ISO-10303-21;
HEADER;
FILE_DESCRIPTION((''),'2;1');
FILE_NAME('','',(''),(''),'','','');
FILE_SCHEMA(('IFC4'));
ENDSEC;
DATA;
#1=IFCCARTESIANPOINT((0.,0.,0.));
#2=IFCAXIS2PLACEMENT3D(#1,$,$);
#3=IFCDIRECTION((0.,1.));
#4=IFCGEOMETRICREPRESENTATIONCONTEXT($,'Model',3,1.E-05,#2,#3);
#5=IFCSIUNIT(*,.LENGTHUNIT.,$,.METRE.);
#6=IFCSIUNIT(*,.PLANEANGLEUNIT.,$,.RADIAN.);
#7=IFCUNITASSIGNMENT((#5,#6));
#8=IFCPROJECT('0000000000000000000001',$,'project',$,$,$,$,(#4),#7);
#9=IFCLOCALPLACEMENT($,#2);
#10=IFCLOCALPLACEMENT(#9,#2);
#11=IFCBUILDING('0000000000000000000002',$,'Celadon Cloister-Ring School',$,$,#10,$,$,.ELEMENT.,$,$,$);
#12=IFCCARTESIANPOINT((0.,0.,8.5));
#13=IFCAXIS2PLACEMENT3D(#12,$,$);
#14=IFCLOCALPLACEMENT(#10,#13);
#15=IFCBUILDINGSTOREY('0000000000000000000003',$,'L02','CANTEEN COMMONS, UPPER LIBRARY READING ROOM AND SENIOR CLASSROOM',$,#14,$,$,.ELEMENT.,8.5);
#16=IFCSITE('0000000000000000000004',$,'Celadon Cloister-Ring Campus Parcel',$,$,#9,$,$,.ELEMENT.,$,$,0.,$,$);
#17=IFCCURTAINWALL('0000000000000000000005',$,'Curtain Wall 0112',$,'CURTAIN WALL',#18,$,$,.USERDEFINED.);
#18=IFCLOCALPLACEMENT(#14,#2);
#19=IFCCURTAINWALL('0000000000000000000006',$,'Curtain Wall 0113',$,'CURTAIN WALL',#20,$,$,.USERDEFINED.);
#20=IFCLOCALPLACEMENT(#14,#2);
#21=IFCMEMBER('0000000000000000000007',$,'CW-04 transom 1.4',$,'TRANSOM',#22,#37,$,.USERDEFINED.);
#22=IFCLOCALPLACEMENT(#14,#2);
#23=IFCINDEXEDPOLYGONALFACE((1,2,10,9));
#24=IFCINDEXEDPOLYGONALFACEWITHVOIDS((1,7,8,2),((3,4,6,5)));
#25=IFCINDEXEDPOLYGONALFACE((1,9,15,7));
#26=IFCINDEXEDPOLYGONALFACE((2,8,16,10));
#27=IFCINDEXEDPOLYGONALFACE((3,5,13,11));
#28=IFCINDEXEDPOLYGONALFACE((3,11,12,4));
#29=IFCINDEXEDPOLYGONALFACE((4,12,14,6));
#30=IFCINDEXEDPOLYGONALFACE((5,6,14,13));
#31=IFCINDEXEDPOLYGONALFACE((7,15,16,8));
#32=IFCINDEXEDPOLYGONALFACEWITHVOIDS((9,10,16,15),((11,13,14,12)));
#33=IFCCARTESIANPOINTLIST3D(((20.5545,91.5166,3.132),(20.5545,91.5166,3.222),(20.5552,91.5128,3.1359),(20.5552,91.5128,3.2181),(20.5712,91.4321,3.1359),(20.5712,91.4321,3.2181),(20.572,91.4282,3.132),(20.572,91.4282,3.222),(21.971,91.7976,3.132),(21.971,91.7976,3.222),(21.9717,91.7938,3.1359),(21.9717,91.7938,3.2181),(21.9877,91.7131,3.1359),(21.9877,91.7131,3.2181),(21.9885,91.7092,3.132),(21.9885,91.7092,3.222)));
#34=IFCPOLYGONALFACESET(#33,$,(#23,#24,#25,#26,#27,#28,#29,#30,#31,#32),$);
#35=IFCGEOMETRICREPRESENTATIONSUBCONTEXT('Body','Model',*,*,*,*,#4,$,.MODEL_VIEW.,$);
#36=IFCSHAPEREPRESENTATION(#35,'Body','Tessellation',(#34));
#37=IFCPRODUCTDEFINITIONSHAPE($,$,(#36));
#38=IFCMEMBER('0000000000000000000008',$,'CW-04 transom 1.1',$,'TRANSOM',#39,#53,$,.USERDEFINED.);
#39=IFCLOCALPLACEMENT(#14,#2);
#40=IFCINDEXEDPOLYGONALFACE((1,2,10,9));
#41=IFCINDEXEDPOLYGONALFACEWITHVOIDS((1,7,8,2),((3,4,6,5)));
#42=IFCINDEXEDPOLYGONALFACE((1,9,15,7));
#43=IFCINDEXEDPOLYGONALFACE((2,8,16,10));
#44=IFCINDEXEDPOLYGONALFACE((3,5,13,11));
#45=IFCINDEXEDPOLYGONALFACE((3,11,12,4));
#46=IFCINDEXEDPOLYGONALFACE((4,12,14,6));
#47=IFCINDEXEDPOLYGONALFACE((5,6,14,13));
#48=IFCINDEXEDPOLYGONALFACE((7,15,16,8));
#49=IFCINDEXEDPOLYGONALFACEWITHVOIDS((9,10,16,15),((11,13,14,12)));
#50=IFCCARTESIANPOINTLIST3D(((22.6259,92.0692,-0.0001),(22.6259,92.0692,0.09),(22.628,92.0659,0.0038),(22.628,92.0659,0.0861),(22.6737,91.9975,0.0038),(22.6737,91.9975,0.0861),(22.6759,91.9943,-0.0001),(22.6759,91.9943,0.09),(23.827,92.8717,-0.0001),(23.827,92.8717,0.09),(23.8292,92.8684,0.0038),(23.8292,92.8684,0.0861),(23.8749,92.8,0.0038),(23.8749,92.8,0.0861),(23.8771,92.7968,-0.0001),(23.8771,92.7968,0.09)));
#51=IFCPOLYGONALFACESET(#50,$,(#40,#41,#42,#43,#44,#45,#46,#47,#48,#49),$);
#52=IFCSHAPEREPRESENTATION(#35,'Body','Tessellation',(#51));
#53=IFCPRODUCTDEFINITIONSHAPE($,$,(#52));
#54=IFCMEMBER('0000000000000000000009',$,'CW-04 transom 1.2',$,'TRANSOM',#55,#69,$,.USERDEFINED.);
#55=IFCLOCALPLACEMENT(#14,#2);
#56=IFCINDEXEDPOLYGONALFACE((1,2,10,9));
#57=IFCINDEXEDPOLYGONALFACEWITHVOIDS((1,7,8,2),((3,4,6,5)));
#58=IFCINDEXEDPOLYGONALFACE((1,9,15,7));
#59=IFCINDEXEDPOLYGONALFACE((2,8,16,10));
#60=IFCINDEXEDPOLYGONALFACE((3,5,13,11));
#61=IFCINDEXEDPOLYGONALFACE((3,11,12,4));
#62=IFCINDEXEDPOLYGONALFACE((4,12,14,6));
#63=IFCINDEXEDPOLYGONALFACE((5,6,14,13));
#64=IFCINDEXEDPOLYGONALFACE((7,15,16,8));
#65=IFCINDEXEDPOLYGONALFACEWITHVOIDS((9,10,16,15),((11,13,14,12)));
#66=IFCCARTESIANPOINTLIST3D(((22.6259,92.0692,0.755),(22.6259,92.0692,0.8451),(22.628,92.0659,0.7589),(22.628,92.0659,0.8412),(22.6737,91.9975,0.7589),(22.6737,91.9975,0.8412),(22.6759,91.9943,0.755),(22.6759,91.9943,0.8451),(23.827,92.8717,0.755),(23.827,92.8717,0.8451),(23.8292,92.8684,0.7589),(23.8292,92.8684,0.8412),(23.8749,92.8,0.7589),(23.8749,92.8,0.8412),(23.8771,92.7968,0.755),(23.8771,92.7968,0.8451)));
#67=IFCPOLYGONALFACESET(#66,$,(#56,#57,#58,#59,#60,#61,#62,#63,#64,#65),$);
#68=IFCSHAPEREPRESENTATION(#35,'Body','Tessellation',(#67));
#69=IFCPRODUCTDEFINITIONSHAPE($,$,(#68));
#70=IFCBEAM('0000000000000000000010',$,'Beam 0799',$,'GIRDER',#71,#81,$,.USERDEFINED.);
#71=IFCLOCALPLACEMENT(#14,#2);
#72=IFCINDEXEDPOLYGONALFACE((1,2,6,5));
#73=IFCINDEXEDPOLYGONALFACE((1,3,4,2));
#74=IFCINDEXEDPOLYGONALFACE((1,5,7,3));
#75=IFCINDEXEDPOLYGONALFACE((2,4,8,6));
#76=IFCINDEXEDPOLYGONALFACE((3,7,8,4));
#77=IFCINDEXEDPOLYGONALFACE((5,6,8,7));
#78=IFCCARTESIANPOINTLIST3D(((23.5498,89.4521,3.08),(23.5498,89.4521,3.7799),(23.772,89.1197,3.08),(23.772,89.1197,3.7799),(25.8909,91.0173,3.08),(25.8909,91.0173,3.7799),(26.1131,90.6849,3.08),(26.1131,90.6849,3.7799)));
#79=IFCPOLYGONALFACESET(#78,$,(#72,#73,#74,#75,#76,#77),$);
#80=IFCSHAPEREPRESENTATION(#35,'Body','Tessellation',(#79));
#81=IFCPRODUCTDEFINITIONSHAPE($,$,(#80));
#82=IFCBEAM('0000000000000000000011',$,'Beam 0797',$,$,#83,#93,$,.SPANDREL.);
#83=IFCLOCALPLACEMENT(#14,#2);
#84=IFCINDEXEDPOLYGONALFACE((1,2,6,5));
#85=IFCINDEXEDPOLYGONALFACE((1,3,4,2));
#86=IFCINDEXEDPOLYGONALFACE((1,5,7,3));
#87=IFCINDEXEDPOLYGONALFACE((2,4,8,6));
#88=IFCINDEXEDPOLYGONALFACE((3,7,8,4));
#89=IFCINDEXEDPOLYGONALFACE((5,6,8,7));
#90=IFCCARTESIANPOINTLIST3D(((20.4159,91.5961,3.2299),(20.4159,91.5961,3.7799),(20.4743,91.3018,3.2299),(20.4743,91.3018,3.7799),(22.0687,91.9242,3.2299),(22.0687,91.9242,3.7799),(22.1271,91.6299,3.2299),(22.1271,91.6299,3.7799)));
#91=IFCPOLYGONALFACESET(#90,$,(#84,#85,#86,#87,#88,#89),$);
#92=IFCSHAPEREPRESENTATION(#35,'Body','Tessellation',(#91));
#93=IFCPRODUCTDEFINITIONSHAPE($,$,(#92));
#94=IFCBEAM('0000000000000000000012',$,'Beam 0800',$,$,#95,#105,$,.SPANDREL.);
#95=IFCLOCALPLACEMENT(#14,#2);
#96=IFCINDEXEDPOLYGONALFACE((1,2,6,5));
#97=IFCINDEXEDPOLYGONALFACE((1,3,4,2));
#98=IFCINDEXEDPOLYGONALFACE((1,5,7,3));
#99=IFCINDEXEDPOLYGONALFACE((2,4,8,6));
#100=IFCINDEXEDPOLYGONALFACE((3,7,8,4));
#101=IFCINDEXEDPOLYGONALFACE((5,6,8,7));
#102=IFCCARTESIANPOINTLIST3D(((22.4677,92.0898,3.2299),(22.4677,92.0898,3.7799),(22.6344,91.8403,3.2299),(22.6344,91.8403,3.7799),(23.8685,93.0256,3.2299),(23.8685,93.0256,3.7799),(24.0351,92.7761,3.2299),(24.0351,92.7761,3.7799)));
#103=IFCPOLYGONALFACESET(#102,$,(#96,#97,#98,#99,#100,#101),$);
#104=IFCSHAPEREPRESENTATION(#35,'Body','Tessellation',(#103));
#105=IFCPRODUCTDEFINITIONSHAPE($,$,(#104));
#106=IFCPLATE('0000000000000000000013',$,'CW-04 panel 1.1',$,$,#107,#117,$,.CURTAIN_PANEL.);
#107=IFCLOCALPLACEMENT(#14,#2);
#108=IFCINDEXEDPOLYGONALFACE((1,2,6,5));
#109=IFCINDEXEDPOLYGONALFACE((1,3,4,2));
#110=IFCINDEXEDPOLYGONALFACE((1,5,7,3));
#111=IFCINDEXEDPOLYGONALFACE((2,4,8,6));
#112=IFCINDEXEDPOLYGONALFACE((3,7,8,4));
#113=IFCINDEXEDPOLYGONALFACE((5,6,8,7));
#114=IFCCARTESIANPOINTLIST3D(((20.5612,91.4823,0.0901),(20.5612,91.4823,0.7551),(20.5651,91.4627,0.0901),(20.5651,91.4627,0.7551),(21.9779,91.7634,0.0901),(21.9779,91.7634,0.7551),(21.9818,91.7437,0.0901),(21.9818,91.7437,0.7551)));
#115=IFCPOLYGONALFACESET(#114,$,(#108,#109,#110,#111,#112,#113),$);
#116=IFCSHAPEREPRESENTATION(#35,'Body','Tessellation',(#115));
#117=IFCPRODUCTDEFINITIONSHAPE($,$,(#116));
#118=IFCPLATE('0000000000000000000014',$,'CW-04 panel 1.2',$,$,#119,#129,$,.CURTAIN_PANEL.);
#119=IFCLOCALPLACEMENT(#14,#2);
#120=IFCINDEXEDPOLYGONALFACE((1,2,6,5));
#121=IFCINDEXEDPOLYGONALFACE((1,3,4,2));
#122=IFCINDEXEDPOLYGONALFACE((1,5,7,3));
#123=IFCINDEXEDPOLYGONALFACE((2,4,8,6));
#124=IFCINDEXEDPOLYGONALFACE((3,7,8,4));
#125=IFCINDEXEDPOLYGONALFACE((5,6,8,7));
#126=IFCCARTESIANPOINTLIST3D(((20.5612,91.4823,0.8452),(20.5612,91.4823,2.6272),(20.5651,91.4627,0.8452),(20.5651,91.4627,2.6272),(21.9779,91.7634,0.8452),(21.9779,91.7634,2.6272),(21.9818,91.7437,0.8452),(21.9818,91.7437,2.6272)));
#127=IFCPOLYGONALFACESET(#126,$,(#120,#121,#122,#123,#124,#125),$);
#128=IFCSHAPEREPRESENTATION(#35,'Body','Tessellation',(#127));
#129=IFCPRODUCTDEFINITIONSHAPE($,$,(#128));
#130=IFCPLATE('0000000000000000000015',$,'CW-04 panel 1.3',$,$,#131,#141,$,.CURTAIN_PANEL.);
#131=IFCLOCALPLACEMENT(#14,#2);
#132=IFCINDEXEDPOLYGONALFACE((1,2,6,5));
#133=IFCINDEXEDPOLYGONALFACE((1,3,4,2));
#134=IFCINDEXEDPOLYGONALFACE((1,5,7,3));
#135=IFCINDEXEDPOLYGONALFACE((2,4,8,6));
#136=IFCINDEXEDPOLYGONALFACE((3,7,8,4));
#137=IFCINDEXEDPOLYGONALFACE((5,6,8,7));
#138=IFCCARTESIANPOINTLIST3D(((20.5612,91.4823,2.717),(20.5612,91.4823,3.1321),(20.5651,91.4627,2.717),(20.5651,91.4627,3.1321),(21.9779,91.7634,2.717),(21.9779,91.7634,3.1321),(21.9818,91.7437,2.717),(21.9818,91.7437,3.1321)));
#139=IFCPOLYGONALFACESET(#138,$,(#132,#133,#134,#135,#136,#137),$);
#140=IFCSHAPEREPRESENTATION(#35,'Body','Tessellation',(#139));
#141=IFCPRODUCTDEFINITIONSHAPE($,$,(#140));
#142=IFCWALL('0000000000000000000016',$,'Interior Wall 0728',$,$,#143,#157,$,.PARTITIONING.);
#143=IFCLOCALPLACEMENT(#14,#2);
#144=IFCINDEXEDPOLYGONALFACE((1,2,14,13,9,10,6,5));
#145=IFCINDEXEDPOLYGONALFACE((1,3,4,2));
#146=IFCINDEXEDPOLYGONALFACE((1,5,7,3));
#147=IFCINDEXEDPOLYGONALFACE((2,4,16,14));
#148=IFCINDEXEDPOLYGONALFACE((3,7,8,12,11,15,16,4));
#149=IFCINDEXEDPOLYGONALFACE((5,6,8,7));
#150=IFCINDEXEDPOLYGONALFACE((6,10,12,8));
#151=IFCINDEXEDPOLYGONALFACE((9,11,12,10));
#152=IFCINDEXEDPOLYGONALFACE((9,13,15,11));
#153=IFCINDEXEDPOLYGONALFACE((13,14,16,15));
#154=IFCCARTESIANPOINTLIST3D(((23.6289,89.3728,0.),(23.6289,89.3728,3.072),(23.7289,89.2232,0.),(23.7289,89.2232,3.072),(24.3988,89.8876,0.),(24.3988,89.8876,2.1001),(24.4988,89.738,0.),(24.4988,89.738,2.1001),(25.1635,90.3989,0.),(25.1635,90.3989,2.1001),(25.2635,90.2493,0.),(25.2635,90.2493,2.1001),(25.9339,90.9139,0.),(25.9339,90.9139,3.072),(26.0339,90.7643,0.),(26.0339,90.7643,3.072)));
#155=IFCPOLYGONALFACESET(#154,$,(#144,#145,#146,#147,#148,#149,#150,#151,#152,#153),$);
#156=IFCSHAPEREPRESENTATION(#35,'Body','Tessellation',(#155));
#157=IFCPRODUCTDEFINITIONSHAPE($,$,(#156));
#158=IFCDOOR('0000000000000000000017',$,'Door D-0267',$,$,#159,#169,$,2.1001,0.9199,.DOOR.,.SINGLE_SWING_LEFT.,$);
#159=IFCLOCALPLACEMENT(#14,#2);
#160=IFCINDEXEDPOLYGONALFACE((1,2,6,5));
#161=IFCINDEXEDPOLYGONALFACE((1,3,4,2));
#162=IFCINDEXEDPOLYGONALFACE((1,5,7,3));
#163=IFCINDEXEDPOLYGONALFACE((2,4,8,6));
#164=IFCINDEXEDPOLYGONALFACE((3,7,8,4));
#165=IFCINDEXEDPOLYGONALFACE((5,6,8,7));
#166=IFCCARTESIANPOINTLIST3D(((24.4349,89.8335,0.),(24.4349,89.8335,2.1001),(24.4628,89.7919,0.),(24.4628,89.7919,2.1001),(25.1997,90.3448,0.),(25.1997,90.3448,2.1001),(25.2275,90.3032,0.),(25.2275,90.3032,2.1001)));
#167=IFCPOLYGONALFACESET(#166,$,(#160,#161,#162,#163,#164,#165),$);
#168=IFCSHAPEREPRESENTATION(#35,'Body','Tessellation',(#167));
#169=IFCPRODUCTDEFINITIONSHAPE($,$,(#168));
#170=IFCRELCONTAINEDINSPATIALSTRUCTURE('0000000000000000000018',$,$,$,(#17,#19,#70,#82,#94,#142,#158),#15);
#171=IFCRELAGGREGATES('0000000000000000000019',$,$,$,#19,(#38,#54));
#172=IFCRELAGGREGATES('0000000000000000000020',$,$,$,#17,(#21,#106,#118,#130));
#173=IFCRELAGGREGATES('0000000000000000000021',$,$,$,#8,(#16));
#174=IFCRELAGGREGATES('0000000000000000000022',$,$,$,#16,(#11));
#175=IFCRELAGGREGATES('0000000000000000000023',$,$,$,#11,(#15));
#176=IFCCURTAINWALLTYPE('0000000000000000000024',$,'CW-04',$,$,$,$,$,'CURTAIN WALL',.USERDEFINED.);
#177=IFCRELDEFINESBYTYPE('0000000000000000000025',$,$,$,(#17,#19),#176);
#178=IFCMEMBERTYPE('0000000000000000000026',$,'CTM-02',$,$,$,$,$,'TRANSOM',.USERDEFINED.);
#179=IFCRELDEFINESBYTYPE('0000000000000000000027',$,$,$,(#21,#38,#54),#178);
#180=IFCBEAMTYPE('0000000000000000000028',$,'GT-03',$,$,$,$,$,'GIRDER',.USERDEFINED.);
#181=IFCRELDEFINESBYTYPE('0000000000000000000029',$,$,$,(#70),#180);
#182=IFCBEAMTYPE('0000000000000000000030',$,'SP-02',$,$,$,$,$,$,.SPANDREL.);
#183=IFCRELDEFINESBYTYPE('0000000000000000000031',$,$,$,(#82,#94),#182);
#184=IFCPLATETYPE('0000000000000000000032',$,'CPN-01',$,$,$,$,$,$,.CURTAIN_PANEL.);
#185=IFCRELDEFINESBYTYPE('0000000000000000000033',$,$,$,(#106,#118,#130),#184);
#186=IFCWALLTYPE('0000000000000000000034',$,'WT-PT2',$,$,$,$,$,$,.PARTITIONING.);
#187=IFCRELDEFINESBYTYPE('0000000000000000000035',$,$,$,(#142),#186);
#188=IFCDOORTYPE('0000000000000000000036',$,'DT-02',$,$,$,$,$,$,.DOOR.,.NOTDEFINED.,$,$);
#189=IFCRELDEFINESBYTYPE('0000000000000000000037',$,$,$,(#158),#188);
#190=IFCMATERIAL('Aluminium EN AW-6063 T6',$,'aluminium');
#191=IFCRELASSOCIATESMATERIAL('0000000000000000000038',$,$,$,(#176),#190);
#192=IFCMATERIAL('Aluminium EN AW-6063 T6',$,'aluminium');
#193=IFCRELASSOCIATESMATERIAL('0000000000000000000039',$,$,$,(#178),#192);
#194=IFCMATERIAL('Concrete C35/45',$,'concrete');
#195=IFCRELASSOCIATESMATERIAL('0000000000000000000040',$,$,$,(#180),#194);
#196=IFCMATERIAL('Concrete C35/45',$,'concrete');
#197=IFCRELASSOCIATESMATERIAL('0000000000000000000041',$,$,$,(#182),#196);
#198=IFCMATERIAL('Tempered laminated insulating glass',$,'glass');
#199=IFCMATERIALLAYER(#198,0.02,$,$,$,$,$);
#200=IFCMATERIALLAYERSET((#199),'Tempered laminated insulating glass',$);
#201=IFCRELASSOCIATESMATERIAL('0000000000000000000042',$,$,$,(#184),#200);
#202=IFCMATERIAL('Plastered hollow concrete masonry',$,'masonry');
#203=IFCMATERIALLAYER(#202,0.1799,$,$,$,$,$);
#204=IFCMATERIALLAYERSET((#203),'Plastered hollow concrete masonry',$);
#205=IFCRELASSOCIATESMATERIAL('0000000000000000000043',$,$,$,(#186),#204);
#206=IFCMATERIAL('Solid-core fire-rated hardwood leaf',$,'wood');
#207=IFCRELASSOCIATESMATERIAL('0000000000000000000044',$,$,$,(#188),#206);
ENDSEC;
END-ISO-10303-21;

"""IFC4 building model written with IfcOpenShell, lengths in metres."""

from ifc_helpers import new_model, si_unit, direction, frame, frame_2d, origin, origin_2d, place, context, subcontext, project, spatial, rectangle, hollow_rectangle, extrude, material, layer, layer_set, material_profile, profile_set, type_object, element, fill, aggregate, save


model = new_model("IFC4")

# Units and contexts
model_context = context("Model", 3, precision=1e-05, world=origin(), true_north=direction((0.0, 1.0)))
body_context = subcontext(model_context, "Body", "Model", "MODEL_VIEW")
ifc_project = project(units=[si_unit("LENGTHUNIT", "METRE"), si_unit("PLANEANGLEUNIT", "RADIAN")], contexts=[model_context])

# Site, building, storey
site_placement = place(None, origin())
site = spatial("IfcSite", under=ifc_project, at=site_placement, Name="Celadon Cloister-Ring Campus Parcel", CompositionType="ELEMENT", RefElevation=0.0)
building_placement = place(site_placement, origin())
building = spatial("IfcBuilding", under=site, at=building_placement, Name="Celadon Cloister-Ring School", CompositionType="ELEMENT")
storey_placement = place(building_placement, frame((0.0, 0.0, 8.5)))
storey = spatial("IfcBuildingStorey", under=building, at=storey_placement, Name="L02", Description="CANTEEN COMMONS, UPPER LIBRARY READING ROOM AND SENIOR CLASSROOM", CompositionType="ELEMENT", Elevation=8.5)

# Curtain wall
ifc_material_1 = material(Name="Aluminium EN AW-6063 T6", Category="aluminium")
curtain_wall_type = type_object("IfcCurtainWallType", Name="CW-04", ElementType="CURTAIN WALL", PredefinedType="USERDEFINED", material=ifc_material_1)
curtain_wall_1_placement = place(storey_placement, origin())
curtain_wall_1 = element("IfcCurtainWall", 1, at=curtain_wall_1_placement, inside=storey, type_object=curtain_wall_type, Name="Curtain Wall 0112", ObjectType="CURTAIN WALL", PredefinedType="USERDEFINED")

# Curtain wall
curtain_wall_2_placement = place(storey_placement, origin())
curtain_wall_2 = element("IfcCurtainWall", 2, at=curtain_wall_2_placement, inside=storey, type_object=curtain_wall_type, Name="Curtain Wall 0113", ObjectType="CURTAIN WALL", PredefinedType="USERDEFINED")

# Members
ifc_material_2 = material(Name="Aluminium EN AW-6063 T6", Category="aluminium")
ifc_material_profile_1 = material_profile(ifc_material_2, hollow_rectangle(XDim=0.0901, YDim=0.0901, WallThickness=0.0039, at=origin_2d()), Name="RHS90X90X4")
ifc_profile_set_1 = profile_set([ifc_material_profile_1], Name="Aluminium EN AW-6063 T6")
member_type_1 = type_object("IfcMemberType", Name="CTM-02", ElementType="TRANSOM", PredefinedType="USERDEFINED", material=ifc_profile_set_1)
member_1_placement = place(storey_placement, frame((20.5632, 91.4724, 3.177), z_axis=(0.980885, 0.194588, 0.0), x_axis=(-0.194588, 0.980885, 0.0)))
member_1 = element("IfcMember", 3, at=member_1_placement, type_object=member_type_1, Name="CW-04 transom 1.4", ObjectType="TRANSOM", PredefinedType="USERDEFINED", context=body_context, shape_type="SweptSolid", body=[
    extrude(hollow_rectangle(XDim=0.0901, YDim=0.0901, WallThickness=0.0039, at=origin_2d()), origin(), (0.0, 0.0, 1.0), 1.4441),
])
member_2_placement = place(storey_placement, frame((22.6509, 92.0317, 0.0449), z_axis=(0.831504, 0.555519, 0.0), x_axis=(-0.555519, 0.831504, 0.0)))
member_2 = element("IfcMember", 4, at=member_2_placement, type_object=member_type_1, Name="CW-04 transom 1.1", ObjectType="TRANSOM", PredefinedType="USERDEFINED", context=body_context, shape_type="SweptSolid", body=[
    extrude(hollow_rectangle(XDim=0.0901, YDim=0.0901, WallThickness=0.0039, at=origin_2d()), origin(), (0.0, 0.0, 1.0), 1.4446),
])
member_3_placement = place(storey_placement, frame((22.6509, 92.0317, 0.8), z_axis=(0.831504, 0.555519, 0.0), x_axis=(-0.555519, 0.831504, 0.0)))
member_3 = element("IfcMember", 5, at=member_3_placement, type_object=member_type_1, Name="CW-04 transom 1.2", ObjectType="TRANSOM", PredefinedType="USERDEFINED", context=body_context, shape_type="SweptSolid", body=[
    extrude(hollow_rectangle(XDim=0.0901, YDim=0.0901, WallThickness=0.0039, at=origin_2d()), origin(), (0.0, 0.0, 1.0), 1.4446),
])
aggregate(curtain_wall_2, [member_2, member_3])

# Beams
ifc_material_3 = material(Name="Concrete C35/45", Category="concrete")
ifc_material_profile_2 = material_profile(ifc_material_3, rectangle(XDim=0.3999, YDim=0.7, at=origin_2d()), Name="RC400X700")
ifc_profile_set_2 = profile_set([ifc_material_profile_2], Name="Concrete C35/45")
beam_type_1 = type_object("IfcBeamType", Name="GT-03", ElementType="GIRDER", PredefinedType="USERDEFINED", material=ifc_profile_set_2)
beam_1_placement = place(storey_placement, frame((23.6609, 89.2859, 3.4299), z_axis=(0.831316, 0.5558, 0.0), x_axis=(-0.5558, 0.831316, 0.0)))
element("IfcBeam", 6, at=beam_1_placement, inside=storey, type_object=beam_type_1, Name="Beam 0799", ObjectType="GIRDER", PredefinedType="USERDEFINED", context=body_context, shape_type="SweptSolid", body=[
    extrude(rectangle(XDim=0.3999, YDim=0.7, at=origin_2d()), origin(), (0.0, 0.0, 1.0), 2.8162),
])
ifc_material_4 = material(Name="Concrete C35/45", Category="concrete")
ifc_material_profile_3 = material_profile(ifc_material_4, rectangle(XDim=0.3, YDim=0.55, at=origin_2d()), Name="RC300X550")
ifc_profile_set_3 = profile_set([ifc_material_profile_3], Name="Concrete C35/45")
beam_type_2 = type_object("IfcBeamType", Name="SP-02", PredefinedType="SPANDREL", material=ifc_profile_set_3)
beam_2_placement = place(storey_placement, frame((20.4451, 91.449, 3.5049), z_axis=(0.980858, 0.194723, 0.0), x_axis=(-0.194723, 0.980858, 0.0)))
element("IfcBeam", 7, at=beam_2_placement, inside=storey, type_object=beam_type_2, Name="Beam 0797", PredefinedType="SPANDREL", context=body_context, shape_type="SweptSolid", body=[
    extrude(rectangle(XDim=0.3, YDim=0.55, at=origin_2d()), origin(), (0.0, 0.0, 1.0), 1.6851),
])
beam_3_placement = place(storey_placement, frame((22.551, 91.9651, 3.5049), z_axis=(0.831537, 0.555469, 0.0), x_axis=(-0.555469, 0.831537, 0.0)))
element("IfcBeam", 8, at=beam_3_placement, inside=storey, type_object=beam_type_2, Name="Beam 0800", PredefinedType="SPANDREL", context=body_context, shape_type="SweptSolid", body=[
    extrude(rectangle(XDim=0.3, YDim=0.55, at=origin_2d()), origin(), (0.0, 0.0, 1.0), 1.6846),
])

# Plates
ifc_material_5 = material(Name="Tempered laminated insulating glass", Category="glass")
ifc_layer_1 = layer(ifc_material_5, 0.02)
ifc_layer_set_1 = layer_set([ifc_layer_1], Name="Tempered laminated insulating glass")
plate_type = type_object("IfcPlateType", Name="CPN-01", PredefinedType="CURTAIN_PANEL", material=ifc_layer_set_1)
plate_1_placement = place(storey_placement, frame((21.2715, 91.613, 0.0901), z_axis=(0.0, 0.0, 1.0), x_axis=(0.980885, 0.194586, 0.0)))
plate_1 = element("IfcPlate", 9, at=plate_1_placement, type_object=plate_type, Name="CW-04 panel 1.1", PredefinedType="CURTAIN_PANEL", context=body_context, shape_type="SweptSolid", body=[
    extrude(rectangle(XDim=1.4443, YDim=0.02, at=origin_2d()), origin(), (0.0, 0.0, 1.0), 0.665),
])
plate_2_placement = place(storey_placement, frame((21.2715, 91.613, 0.8452), z_axis=(0.0, 0.0, 1.0), x_axis=(0.980885, 0.194586, 0.0)))
plate_2 = element("IfcPlate", 10, at=plate_2_placement, type_object=plate_type, Name="CW-04 panel 1.2", PredefinedType="CURTAIN_PANEL", context=body_context, shape_type="SweptSolid", body=[
    extrude(rectangle(XDim=1.4443, YDim=0.02, at=origin_2d()), origin(), (0.0, 0.0, 1.0), 1.782),
])
plate_3_placement = place(storey_placement, frame((21.2715, 91.613, 2.717), z_axis=(0.0, 0.0, 1.0), x_axis=(0.980885, 0.194586, 0.0)))
plate_3 = element("IfcPlate", 11, at=plate_3_placement, type_object=plate_type, Name="CW-04 panel 1.3", PredefinedType="CURTAIN_PANEL", context=body_context, shape_type="SweptSolid", body=[
    extrude(rectangle(XDim=1.4443, YDim=0.02, at=origin_2d()), origin(), (0.0, 0.0, 1.0), 0.415),
])
aggregate(curtain_wall_1, [member_1, plate_1, plate_2, plate_3])

# Wall, opening, door
ifc_material_6 = material(Name="Plastered hollow concrete masonry", Category="masonry")
ifc_layer_2 = layer(ifc_material_6, 0.1799)
ifc_layer_set_2 = layer_set([ifc_layer_2], Name="Plastered hollow concrete masonry")
wall_type = type_object("IfcWallType", Name="WT-PT2", PredefinedType="PARTITIONING", material=ifc_layer_set_2)
wall_placement = place(storey_placement, frame((23.679, 89.2981, 0.0), z_axis=(0.0, 0.0, 1.0), x_axis=(0.831318, 0.555797, 0.0)))
wall = element("IfcWall", 12, at=wall_placement, inside=storey, type_object=wall_type, Name="Interior Wall 0728", PredefinedType="PARTITIONING", context=body_context, shape_type="SweptSolid", body=[
    extrude(rectangle(XDim=2.7727, YDim=0.1799, at=frame_2d((1.3862, 0.0))), origin(), (0.0, 0.0, 1.0), 3.072),
])
opening_placement = place(wall_placement, frame((0.926, 0.0, 0.0)))
opening = element("IfcOpeningElement", 13, at=opening_placement, cuts=wall, PredefinedType="OPENING", context=body_context, shape_type="SweptSolid", body=[
    extrude(rectangle(XDim=0.9199, YDim=2.1001, at=frame_2d((0.46, 1.05))), frame((0.0, 0.1001, 0.0), z_axis=(0.0, -1.0, 0.0), x_axis=(1.0, 0.0, 0.0)), (0.0, 0.0, 1.0), 0.2),
])
ifc_material_7 = material(Name="Solid-core fire-rated hardwood leaf", Category="wood")
door_type = type_object("IfcDoorType", Name="DT-02", OperationType="NOTDEFINED", PredefinedType="DOOR", material=ifc_material_7)
door_placement = place(opening_placement, origin())
door = element("IfcDoor", 14, at=door_placement, inside=storey, type_object=door_type, Name="Door D-0267", OperationType="SINGLE_SWING_LEFT", OverallHeight=2.1001, OverallWidth=0.9199, PredefinedType="DOOR", context=body_context, shape_type="SweptSolid", body=[
    extrude(rectangle(XDim=0.9199, YDim=2.1001, at=frame_2d((0.46, 1.05))), frame((0.0, 0.0249, 0.0), z_axis=(0.0, -1.0, 0.0), x_axis=(1.0, 0.0, 0.0)), (0.0, 0.0, 1.0), 0.05),
])
fill(opening, door)

save(model, "model.ifc")
